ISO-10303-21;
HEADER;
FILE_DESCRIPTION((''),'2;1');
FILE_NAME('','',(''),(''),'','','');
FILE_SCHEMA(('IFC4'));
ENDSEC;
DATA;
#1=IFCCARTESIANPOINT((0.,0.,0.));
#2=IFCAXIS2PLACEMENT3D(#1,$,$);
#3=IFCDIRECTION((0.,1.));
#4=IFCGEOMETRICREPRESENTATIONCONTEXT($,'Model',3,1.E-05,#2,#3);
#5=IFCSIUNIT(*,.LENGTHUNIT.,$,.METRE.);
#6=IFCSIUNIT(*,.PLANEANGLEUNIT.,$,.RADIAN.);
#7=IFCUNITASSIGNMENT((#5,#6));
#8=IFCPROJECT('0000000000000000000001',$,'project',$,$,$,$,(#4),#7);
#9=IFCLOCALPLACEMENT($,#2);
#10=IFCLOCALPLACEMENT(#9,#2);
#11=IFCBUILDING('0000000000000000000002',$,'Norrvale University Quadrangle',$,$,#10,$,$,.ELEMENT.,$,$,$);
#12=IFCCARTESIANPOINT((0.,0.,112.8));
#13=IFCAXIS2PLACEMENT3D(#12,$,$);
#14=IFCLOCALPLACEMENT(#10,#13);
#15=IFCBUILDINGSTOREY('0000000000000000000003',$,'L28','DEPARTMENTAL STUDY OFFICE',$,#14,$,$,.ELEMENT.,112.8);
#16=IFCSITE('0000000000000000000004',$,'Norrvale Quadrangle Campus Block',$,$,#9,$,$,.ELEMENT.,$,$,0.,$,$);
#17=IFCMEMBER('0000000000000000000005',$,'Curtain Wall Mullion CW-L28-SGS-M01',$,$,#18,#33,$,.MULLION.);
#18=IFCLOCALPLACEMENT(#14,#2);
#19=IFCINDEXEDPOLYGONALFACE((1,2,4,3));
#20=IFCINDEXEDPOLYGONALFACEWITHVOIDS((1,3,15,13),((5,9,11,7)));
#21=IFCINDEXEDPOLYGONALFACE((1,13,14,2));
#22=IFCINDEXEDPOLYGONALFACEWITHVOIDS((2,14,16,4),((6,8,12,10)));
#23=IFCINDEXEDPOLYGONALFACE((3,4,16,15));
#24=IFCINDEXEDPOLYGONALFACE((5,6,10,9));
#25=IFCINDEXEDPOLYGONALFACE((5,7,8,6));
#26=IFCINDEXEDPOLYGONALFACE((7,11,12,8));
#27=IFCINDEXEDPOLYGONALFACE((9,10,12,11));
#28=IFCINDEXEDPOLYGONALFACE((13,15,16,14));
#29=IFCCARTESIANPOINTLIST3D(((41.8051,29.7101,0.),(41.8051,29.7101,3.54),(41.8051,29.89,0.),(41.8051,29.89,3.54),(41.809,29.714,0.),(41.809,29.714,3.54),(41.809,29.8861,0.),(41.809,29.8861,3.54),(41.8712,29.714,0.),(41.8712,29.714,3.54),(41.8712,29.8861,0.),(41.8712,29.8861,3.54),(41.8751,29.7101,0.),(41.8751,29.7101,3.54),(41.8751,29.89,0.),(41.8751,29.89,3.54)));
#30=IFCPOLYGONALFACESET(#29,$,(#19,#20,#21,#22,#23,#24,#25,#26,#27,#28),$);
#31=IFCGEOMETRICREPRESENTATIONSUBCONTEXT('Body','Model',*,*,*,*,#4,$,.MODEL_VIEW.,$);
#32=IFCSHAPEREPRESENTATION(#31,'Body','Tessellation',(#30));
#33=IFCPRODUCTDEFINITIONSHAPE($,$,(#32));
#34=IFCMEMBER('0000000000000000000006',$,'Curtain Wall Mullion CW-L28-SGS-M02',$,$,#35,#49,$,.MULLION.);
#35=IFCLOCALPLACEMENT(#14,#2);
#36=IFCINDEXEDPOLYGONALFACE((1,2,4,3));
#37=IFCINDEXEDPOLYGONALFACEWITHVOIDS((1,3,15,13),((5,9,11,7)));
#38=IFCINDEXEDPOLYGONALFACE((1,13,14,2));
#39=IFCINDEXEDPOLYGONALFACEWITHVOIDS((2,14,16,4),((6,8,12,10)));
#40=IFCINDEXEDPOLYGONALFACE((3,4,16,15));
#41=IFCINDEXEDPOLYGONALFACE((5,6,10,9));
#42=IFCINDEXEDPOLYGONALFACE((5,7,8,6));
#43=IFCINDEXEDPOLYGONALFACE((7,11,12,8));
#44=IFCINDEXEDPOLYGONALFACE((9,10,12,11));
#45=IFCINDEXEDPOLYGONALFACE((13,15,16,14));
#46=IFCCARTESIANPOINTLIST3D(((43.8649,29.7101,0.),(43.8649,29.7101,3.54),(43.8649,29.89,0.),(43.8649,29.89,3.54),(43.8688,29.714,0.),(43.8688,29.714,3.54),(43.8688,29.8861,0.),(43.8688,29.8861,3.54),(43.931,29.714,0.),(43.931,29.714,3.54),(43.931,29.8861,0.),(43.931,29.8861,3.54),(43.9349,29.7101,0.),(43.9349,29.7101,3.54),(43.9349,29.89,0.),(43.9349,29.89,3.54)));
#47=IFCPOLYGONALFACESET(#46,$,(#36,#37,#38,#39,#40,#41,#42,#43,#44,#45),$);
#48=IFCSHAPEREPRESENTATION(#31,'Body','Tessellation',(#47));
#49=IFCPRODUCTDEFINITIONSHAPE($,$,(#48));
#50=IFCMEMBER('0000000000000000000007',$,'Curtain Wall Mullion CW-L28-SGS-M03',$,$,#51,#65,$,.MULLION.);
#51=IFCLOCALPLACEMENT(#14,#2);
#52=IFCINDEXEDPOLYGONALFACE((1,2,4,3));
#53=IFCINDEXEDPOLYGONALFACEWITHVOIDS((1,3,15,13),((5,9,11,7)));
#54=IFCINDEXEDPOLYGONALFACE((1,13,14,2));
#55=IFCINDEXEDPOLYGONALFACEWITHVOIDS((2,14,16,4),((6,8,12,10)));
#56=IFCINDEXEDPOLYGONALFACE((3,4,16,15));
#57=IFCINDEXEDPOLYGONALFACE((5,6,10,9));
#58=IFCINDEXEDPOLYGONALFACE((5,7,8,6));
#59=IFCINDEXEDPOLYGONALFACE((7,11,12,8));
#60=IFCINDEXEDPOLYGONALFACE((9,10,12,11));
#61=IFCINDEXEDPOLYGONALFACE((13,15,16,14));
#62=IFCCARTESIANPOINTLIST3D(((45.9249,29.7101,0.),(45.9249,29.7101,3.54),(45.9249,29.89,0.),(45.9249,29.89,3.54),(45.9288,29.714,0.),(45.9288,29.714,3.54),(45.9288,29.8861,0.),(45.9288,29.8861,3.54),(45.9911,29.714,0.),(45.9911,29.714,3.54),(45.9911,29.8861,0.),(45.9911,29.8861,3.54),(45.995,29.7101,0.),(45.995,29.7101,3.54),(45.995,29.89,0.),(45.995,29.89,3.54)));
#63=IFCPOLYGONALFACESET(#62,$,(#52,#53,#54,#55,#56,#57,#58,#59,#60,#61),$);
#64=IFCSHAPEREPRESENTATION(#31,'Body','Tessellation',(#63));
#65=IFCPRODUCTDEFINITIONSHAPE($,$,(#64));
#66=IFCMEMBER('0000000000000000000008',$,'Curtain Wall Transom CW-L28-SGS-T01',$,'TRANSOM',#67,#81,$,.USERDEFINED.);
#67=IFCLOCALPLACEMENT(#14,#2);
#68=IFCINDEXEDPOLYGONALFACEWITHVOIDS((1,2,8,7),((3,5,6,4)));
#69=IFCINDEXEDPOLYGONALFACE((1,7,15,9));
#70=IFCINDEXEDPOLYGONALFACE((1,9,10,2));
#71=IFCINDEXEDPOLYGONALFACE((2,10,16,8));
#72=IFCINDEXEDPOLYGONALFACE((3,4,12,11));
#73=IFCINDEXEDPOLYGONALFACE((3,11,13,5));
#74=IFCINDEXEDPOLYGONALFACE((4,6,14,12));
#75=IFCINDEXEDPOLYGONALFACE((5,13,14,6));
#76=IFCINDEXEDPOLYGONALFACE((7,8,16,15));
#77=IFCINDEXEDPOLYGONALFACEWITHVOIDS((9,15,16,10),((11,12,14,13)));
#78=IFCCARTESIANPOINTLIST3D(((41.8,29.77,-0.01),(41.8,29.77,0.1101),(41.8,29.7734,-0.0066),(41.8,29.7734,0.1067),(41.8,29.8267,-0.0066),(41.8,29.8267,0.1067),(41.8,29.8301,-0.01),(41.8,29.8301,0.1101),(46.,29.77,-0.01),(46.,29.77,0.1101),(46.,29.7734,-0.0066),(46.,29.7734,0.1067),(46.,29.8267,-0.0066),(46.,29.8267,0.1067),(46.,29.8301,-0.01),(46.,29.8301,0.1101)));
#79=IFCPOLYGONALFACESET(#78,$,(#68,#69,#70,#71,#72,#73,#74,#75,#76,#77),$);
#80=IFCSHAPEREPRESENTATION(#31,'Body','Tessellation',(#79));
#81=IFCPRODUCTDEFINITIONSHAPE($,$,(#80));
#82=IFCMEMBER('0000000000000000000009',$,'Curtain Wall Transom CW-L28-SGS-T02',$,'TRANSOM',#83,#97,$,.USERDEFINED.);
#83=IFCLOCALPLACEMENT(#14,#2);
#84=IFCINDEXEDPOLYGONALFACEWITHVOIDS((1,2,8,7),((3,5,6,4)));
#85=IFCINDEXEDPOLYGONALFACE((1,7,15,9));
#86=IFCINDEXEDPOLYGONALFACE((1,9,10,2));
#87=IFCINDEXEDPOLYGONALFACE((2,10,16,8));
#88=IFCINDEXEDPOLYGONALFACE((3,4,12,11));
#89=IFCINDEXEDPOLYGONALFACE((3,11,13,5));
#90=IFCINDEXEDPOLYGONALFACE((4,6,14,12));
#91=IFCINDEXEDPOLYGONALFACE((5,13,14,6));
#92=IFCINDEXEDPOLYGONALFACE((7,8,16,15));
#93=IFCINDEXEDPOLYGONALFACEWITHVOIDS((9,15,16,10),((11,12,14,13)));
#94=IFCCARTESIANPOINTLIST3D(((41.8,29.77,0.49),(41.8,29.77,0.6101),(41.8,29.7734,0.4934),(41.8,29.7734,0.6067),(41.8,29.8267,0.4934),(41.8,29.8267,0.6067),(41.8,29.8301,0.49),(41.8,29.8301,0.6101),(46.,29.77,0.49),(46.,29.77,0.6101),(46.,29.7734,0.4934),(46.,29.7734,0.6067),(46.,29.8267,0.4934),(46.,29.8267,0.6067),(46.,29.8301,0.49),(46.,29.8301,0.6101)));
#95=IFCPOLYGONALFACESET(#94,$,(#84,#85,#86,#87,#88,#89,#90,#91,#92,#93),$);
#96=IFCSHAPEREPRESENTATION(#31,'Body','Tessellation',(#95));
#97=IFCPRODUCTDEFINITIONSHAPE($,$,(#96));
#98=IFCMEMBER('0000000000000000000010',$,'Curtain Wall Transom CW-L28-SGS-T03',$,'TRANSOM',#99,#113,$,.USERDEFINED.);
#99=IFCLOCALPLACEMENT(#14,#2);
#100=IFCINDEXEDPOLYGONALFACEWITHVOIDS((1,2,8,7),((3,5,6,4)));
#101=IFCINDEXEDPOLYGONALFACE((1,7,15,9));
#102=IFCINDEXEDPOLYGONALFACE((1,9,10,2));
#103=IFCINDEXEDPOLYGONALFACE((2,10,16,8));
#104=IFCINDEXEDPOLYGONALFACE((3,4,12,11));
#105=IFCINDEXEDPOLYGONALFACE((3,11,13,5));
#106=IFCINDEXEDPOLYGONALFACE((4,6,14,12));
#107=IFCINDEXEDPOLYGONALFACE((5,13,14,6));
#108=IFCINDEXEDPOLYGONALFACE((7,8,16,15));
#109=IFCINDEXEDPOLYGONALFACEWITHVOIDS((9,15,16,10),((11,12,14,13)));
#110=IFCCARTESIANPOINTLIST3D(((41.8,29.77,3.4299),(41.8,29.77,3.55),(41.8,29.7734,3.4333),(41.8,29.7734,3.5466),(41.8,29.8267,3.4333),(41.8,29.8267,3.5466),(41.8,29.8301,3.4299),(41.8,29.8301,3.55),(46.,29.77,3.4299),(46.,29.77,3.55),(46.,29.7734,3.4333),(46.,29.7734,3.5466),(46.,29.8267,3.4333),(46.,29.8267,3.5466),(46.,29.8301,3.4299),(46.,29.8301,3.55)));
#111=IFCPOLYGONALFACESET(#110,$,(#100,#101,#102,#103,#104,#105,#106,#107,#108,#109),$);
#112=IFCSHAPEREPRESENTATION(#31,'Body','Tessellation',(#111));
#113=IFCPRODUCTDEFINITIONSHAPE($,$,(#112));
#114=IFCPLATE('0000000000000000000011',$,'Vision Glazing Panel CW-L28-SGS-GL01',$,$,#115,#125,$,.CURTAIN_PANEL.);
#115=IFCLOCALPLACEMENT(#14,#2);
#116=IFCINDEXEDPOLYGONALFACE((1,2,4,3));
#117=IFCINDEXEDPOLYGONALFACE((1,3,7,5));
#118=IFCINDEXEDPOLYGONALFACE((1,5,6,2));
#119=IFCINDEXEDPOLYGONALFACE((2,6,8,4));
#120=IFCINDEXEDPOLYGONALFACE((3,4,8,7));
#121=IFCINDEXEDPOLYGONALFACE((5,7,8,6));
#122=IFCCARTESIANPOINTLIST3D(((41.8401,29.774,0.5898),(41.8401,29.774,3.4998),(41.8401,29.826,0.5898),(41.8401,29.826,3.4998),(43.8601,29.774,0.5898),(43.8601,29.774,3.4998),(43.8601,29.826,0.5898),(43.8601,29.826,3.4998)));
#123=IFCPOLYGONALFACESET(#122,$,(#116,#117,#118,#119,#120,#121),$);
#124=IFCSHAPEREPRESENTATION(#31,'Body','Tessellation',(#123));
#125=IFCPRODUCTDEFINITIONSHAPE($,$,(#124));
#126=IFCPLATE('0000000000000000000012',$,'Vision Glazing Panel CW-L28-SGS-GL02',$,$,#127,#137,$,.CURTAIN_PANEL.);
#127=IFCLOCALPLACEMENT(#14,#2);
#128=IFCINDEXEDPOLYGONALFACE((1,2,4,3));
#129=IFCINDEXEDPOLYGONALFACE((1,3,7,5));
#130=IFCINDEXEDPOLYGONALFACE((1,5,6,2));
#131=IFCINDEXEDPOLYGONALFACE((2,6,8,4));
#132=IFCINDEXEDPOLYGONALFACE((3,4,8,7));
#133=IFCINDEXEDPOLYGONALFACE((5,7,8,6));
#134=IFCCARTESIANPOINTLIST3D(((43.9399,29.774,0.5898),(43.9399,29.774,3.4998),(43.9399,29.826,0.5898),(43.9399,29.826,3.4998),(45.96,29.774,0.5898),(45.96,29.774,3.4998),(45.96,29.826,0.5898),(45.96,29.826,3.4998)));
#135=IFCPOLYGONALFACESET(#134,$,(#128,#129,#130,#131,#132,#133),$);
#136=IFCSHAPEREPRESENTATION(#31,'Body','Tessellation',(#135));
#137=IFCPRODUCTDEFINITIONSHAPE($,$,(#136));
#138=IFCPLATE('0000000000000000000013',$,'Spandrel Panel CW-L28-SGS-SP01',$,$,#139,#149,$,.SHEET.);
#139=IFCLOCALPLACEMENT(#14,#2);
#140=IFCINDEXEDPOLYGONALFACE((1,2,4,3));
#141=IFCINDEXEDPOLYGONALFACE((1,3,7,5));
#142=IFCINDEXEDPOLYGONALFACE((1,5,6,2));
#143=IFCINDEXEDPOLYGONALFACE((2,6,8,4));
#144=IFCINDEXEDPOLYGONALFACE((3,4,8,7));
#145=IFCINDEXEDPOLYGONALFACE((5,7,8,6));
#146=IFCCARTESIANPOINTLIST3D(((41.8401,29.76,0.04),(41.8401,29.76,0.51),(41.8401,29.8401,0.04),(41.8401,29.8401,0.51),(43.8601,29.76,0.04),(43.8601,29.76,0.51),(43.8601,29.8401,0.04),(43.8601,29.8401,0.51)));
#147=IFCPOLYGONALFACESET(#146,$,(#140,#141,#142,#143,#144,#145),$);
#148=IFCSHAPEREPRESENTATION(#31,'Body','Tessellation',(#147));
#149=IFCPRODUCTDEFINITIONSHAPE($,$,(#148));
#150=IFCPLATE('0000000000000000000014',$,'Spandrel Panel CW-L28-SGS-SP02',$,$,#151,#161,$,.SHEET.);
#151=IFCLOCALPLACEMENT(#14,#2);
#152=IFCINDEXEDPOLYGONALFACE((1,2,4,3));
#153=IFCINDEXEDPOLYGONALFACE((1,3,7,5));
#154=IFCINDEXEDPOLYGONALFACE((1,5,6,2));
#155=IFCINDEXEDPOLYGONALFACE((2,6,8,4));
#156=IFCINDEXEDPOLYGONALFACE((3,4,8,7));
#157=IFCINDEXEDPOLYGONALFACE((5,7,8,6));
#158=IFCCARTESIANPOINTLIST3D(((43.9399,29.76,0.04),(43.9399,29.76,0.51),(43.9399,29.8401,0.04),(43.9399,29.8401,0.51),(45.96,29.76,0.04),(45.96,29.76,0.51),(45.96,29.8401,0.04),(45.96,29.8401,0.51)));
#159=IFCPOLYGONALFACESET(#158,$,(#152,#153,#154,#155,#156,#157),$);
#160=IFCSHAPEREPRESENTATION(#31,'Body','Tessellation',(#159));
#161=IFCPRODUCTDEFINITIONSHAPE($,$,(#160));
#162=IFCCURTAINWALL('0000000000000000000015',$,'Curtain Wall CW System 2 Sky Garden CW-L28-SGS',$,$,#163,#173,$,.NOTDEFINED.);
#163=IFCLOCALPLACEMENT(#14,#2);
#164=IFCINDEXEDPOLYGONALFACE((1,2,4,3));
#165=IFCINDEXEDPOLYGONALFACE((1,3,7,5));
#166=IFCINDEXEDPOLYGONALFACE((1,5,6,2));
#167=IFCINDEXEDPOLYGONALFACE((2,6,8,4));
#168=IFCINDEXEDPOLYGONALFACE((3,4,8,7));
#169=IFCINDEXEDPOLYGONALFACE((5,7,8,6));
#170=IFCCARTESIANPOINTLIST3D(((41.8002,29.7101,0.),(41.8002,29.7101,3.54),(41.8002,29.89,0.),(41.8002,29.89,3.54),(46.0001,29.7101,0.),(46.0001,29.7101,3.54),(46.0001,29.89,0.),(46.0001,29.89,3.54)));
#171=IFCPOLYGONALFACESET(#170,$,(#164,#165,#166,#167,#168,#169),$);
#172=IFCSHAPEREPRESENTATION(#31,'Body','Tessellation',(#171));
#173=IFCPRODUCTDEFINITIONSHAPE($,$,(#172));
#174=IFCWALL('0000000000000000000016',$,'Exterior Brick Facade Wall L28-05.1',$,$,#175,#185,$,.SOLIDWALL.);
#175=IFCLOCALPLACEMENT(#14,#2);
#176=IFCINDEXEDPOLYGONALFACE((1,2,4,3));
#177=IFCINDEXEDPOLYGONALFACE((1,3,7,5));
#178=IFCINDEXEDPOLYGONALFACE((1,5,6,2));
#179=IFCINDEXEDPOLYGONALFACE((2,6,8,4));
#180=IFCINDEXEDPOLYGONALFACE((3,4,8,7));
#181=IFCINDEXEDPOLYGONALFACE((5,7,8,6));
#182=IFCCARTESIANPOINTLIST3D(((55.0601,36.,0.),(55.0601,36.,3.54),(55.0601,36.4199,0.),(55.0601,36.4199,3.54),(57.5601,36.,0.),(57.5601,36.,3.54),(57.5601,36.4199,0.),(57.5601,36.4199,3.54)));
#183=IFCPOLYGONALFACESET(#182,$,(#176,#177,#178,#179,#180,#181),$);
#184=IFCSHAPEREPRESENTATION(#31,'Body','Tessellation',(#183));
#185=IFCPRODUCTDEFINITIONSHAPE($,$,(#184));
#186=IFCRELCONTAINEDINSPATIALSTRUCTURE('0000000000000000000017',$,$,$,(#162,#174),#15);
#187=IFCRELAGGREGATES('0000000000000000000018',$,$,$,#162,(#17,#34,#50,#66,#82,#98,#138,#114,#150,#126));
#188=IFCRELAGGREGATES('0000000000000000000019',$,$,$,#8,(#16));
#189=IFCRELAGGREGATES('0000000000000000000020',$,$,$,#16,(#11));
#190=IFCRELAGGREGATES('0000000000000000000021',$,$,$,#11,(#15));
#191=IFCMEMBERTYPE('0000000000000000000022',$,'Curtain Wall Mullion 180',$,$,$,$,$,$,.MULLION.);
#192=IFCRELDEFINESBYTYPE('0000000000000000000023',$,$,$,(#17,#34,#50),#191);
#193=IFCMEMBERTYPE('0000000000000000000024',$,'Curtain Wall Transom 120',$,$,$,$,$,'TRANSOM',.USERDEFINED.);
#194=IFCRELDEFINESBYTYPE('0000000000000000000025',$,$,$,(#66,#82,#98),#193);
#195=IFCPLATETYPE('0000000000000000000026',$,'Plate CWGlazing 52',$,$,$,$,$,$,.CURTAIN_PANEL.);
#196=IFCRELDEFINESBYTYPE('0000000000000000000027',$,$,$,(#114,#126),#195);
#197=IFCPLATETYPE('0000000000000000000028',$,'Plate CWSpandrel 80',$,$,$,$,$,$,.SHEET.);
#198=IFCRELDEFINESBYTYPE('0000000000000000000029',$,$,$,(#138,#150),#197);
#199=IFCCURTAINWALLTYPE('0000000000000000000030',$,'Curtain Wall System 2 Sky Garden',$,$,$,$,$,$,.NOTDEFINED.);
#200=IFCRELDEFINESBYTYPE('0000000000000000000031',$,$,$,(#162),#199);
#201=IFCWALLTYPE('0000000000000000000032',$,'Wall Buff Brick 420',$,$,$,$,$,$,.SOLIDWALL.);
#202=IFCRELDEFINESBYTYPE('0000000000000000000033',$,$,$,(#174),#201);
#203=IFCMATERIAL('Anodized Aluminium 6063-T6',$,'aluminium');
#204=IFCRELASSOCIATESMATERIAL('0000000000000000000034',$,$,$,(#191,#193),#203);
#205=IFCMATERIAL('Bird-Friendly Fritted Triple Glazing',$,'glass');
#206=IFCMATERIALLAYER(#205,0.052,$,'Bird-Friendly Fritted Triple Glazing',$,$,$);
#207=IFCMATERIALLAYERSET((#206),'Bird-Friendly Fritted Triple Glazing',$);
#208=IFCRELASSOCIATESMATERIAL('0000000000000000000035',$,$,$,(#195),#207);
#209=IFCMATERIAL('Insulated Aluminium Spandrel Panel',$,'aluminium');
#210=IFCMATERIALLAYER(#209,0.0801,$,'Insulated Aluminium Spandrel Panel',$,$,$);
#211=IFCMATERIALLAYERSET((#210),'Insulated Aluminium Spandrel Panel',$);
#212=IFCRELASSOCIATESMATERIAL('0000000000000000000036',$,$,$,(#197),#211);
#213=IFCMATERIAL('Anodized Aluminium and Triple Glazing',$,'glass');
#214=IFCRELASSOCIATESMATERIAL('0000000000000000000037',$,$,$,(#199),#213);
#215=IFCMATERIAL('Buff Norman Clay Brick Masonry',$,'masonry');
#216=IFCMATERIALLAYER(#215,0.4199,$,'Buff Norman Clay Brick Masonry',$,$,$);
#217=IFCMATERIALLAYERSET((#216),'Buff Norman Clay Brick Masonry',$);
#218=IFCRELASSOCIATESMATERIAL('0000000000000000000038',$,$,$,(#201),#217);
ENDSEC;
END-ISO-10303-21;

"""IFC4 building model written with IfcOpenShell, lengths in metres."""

from ifc_helpers import new_model, si_unit, direction, frame, frame_2d, origin, origin_2d, place, context, subcontext, project, spatial, rectangle, hollow_rectangle, extrude, material, layer, layer_set, material_profile, profile_set, type_object, element, aggregate, save


model = new_model("IFC4")

# Units and contexts
model_context = context("Model", 3, precision=1e-05, world=origin(), true_north=direction((0.0, 1.0)))
body_context = subcontext(model_context, "Body", "Model", "MODEL_VIEW")
ifc_project = project(units=[si_unit("LENGTHUNIT", "METRE"), si_unit("PLANEANGLEUNIT", "RADIAN")], contexts=[model_context])

# Site, building, storey
site_placement = place(None, origin())
site = spatial("IfcSite", under=ifc_project, at=site_placement, Name="Norrvale Quadrangle Campus Block", CompositionType="ELEMENT", RefElevation=0.0)
building_placement = place(site_placement, origin())
building = spatial("IfcBuilding", under=site, at=building_placement, Name="Norrvale University Quadrangle", CompositionType="ELEMENT")
storey_placement = place(building_placement, frame((0.0, 0.0, 112.8)))
storey = spatial("IfcBuildingStorey", under=building, at=storey_placement, Name="L28", Description="DEPARTMENTAL STUDY OFFICE", CompositionType="ELEMENT", Elevation=112.8)

# Members
ifc_material_1 = material(Name="Anodized Aluminium 6063-T6", Category="aluminium")
ifc_material_profile_1 = material_profile(ifc_material_1, hollow_rectangle(XDim=0.0701, YDim=0.1799, WallThickness=0.0039, at=origin_2d()), Name="Anodized Aluminium 6063-T6")
ifc_profile_set_1 = profile_set([ifc_material_profile_1], Name="Anodized Aluminium 6063-T6")
member_type_1 = type_object("IfcMemberType", Name="Curtain Wall Mullion 180", PredefinedType="MULLION", material=ifc_profile_set_1)
member_1_placement = place(storey_placement, frame((41.8401, 29.8, 0.0), z_axis=(0.0, 0.0, 1.0), x_axis=(1.0, 0.0, 0.0)))
member_1 = element("IfcMember", 1, at=member_1_placement, type_object=member_type_1, Name="Curtain Wall Mullion CW-L28-SGS-M01", PredefinedType="MULLION", context=body_context, shape_type="SweptSolid", body=[
    extrude(hollow_rectangle(XDim=0.0701, YDim=0.1799, WallThickness=0.0039, at=origin_2d()), origin(), (0.0, 0.0, 1.0), 3.54),
])
member_2_placement = place(storey_placement, frame((43.8999, 29.8, 0.0), z_axis=(0.0, 0.0, 1.0), x_axis=(1.0, 0.0, 0.0)))
member_2 = element("IfcMember", 2, at=member_2_placement, type_object=member_type_1, Name="Curtain Wall Mullion CW-L28-SGS-M02", PredefinedType="MULLION", context=body_context, shape_type="SweptSolid", body=[
    extrude(hollow_rectangle(XDim=0.0701, YDim=0.1799, WallThickness=0.0039, at=origin_2d()), origin(), (0.0, 0.0, 1.0), 3.54),
])
member_3_placement = place(storey_placement, frame((45.96, 29.8, 0.0), z_axis=(0.0, 0.0, 1.0), x_axis=(1.0, 0.0, 0.0)))
member_3 = element("IfcMember", 3, at=member_3_placement, type_object=member_type_1, Name="Curtain Wall Mullion CW-L28-SGS-M03", PredefinedType="MULLION", context=body_context, shape_type="SweptSolid", body=[
    extrude(hollow_rectangle(XDim=0.0701, YDim=0.1799, WallThickness=0.0039, at=origin_2d()), origin(), (0.0, 0.0, 1.0), 3.54),
])
ifc_material_profile_2 = material_profile(ifc_material_1, hollow_rectangle(XDim=0.0601, YDim=0.1201, WallThickness=0.0034, at=origin_2d()), Name="Anodized Aluminium 6063-T6")
ifc_profile_set_2 = profile_set([ifc_material_profile_2], Name="Anodized Aluminium 6063-T6")
member_type_2 = type_object("IfcMemberType", Name="Curtain Wall Transom 120", ElementType="TRANSOM", PredefinedType="USERDEFINED", material=ifc_profile_set_2)
member_4_placement = place(storey_placement, frame((41.8, 29.8, 0.05), z_axis=(1.0, 0.0, 0.0), x_axis=(0.0, 1.0, 0.0)))
member_4 = element("IfcMember", 4, at=member_4_placement, type_object=member_type_2, Name="Curtain Wall Transom CW-L28-SGS-T01", ObjectType="TRANSOM", PredefinedType="USERDEFINED", context=body_context, shape_type="SweptSolid", body=[
    extrude(hollow_rectangle(XDim=0.0601, YDim=0.1201, WallThickness=0.0034, at=origin_2d()), origin(), (0.0, 0.0, 1.0), 4.2),
])
member_5_placement = place(storey_placement, frame((41.8, 29.8, 0.55), z_axis=(1.0, 0.0, 0.0), x_axis=(0.0, 1.0, 0.0)))
member_5 = element("IfcMember", 5, at=member_5_placement, type_object=member_type_2, Name="Curtain Wall Transom CW-L28-SGS-T02", ObjectType="TRANSOM", PredefinedType="USERDEFINED", context=body_context, shape_type="SweptSolid", body=[
    extrude(hollow_rectangle(XDim=0.0601, YDim=0.1201, WallThickness=0.0034, at=origin_2d()), origin(), (0.0, 0.0, 1.0), 4.2),
])
member_6_placement = place(storey_placement, frame((41.8, 29.8, 3.49), z_axis=(1.0, 0.0, 0.0), x_axis=(0.0, 1.0, 0.0)))
member_6 = element("IfcMember", 6, at=member_6_placement, type_object=member_type_2, Name="Curtain Wall Transom CW-L28-SGS-T03", ObjectType="TRANSOM", PredefinedType="USERDEFINED", context=body_context, shape_type="SweptSolid", body=[
    extrude(hollow_rectangle(XDim=0.0601, YDim=0.1201, WallThickness=0.0034, at=origin_2d()), origin(), (0.0, 0.0, 1.0), 4.2),
])

# Plates
ifc_material_2 = material(Name="Bird-Friendly Fritted Triple Glazing", Category="glass")
ifc_layer_1 = layer(ifc_material_2, 0.052, Name="Bird-Friendly Fritted Triple Glazing")
ifc_layer_set_1 = layer_set([ifc_layer_1], Name="Bird-Friendly Fritted Triple Glazing")
plate_type_1 = type_object("IfcPlateType", Name="Plate CWGlazing 52", PredefinedType="CURTAIN_PANEL", material=ifc_layer_set_1)
plate_1_placement = place(storey_placement, frame((42.8501, 29.8, 0.5898), z_axis=(0.0, 0.0, 1.0), x_axis=(1.0, 0.0, 0.0)))
plate_1 = element("IfcPlate", 7, at=plate_1_placement, type_object=plate_type_1, Name="Vision Glazing Panel CW-L28-SGS-GL01", PredefinedType="CURTAIN_PANEL", context=body_context, shape_type="SweptSolid", body=[
    extrude(rectangle(XDim=2.02, YDim=0.052, at=origin_2d()), origin(), (0.0, 0.0, 1.0), 2.9099),
])
plate_2_placement = place(storey_placement, frame((44.95, 29.8, 0.5898), z_axis=(0.0, 0.0, 1.0), x_axis=(1.0, 0.0, 0.0)))
plate_2 = element("IfcPlate", 8, at=plate_2_placement, type_object=plate_type_1, Name="Vision Glazing Panel CW-L28-SGS-GL02", PredefinedType="CURTAIN_PANEL", context=body_context, shape_type="SweptSolid", body=[
    extrude(rectangle(XDim=2.02, YDim=0.052, at=origin_2d()), origin(), (0.0, 0.0, 1.0), 2.9099),
])
ifc_material_3 = material(Name="Insulated Aluminium Spandrel Panel", Category="aluminium")
ifc_layer_2 = layer(ifc_material_3, 0.0801, Name="Insulated Aluminium Spandrel Panel")
ifc_layer_set_2 = layer_set([ifc_layer_2], Name="Insulated Aluminium Spandrel Panel")
plate_type_2 = type_object("IfcPlateType", Name="Plate CWSpandrel 80", PredefinedType="SHEET", material=ifc_layer_set_2)
plate_3_placement = place(storey_placement, frame((42.8501, 29.8, 0.04), z_axis=(0.0, 0.0, 1.0), x_axis=(1.0, 0.0, 0.0)))
plate_3 = element("IfcPlate", 9, at=plate_3_placement, type_object=plate_type_2, Name="Spandrel Panel CW-L28-SGS-SP01", PredefinedType="SHEET", context=body_context, shape_type="SweptSolid", body=[
    extrude(rectangle(XDim=2.02, YDim=0.0801, at=origin_2d()), origin(), (0.0, 0.0, 1.0), 0.47),
])
plate_4_placement = place(storey_placement, frame((44.95, 29.8, 0.04), z_axis=(0.0, 0.0, 1.0), x_axis=(1.0, 0.0, 0.0)))
plate_4 = element("IfcPlate", 10, at=plate_4_placement, type_object=plate_type_2, Name="Spandrel Panel CW-L28-SGS-SP02", PredefinedType="SHEET", context=body_context, shape_type="SweptSolid", body=[
    extrude(rectangle(XDim=2.02, YDim=0.0801, at=origin_2d()), origin(), (0.0, 0.0, 1.0), 0.47),
])

# Curtain wall
ifc_material_4 = material(Name="Anodized Aluminium and Triple Glazing", Category="glass")
curtain_wall_type = type_object("IfcCurtainWallType", Name="Curtain Wall System 2 Sky Garden", PredefinedType="NOTDEFINED", material=ifc_material_4)
curtain_wall_1_placement = place(storey_placement, frame((41.8, 29.8, 0.0), z_axis=(0.0, 0.0, 1.0), x_axis=(1.0, 0.0, 0.0)))
curtain_wall_1 = element("IfcCurtainWall", 11, at=curtain_wall_1_placement, inside=storey, type_object=curtain_wall_type, Name="Curtain Wall CW System 2 Sky Garden CW-L28-SGS", PredefinedType="NOTDEFINED", context=body_context, shape_type="SweptSolid", body=[
    extrude(rectangle(XDim=4.2, YDim=0.1799, at=frame_2d((2.1001, 0.0))), origin(), (0.0, 0.0, 1.0), 3.54),
])
aggregate(curtain_wall_1, [member_1, member_2, member_3, member_4, member_5, member_6, plate_3, plate_1, plate_4, plate_2])

# Wall
ifc_material_5 = material(Name="Buff Norman Clay Brick Masonry", Category="masonry")
ifc_layer_3 = layer(ifc_material_5, 0.4199, Name="Buff Norman Clay Brick Masonry")
ifc_layer_set_3 = layer_set([ifc_layer_3], Name="Buff Norman Clay Brick Masonry")
wall_type_1 = type_object("IfcWallType", Name="Wall Buff Brick 420", PredefinedType="SOLIDWALL", material=ifc_layer_set_3)
for number, where, z_axis, x_axis, name in (
    (12, (57.5601, 36.21, 0.0), (0.0, 0.0, 1.0), (-1.0, 0.0, 0.0), "Exterior Brick Facade Wall L28-05.1"),
):
    element("IfcWall", number, at=place(storey_placement, frame(where, z_axis=z_axis, x_axis=x_axis)), inside=storey, type_object=wall_type_1, Name=name, PredefinedType="SOLIDWALL", context=body_context, shape_type="SweptSolid", body=[
        extrude(rectangle(XDim=2.5, YDim=0.4199, at=frame_2d((1.25, 0.0))), origin(), (0.0, 0.0, 1.0), 3.54),
    ])

save(model, "model.ifc")
